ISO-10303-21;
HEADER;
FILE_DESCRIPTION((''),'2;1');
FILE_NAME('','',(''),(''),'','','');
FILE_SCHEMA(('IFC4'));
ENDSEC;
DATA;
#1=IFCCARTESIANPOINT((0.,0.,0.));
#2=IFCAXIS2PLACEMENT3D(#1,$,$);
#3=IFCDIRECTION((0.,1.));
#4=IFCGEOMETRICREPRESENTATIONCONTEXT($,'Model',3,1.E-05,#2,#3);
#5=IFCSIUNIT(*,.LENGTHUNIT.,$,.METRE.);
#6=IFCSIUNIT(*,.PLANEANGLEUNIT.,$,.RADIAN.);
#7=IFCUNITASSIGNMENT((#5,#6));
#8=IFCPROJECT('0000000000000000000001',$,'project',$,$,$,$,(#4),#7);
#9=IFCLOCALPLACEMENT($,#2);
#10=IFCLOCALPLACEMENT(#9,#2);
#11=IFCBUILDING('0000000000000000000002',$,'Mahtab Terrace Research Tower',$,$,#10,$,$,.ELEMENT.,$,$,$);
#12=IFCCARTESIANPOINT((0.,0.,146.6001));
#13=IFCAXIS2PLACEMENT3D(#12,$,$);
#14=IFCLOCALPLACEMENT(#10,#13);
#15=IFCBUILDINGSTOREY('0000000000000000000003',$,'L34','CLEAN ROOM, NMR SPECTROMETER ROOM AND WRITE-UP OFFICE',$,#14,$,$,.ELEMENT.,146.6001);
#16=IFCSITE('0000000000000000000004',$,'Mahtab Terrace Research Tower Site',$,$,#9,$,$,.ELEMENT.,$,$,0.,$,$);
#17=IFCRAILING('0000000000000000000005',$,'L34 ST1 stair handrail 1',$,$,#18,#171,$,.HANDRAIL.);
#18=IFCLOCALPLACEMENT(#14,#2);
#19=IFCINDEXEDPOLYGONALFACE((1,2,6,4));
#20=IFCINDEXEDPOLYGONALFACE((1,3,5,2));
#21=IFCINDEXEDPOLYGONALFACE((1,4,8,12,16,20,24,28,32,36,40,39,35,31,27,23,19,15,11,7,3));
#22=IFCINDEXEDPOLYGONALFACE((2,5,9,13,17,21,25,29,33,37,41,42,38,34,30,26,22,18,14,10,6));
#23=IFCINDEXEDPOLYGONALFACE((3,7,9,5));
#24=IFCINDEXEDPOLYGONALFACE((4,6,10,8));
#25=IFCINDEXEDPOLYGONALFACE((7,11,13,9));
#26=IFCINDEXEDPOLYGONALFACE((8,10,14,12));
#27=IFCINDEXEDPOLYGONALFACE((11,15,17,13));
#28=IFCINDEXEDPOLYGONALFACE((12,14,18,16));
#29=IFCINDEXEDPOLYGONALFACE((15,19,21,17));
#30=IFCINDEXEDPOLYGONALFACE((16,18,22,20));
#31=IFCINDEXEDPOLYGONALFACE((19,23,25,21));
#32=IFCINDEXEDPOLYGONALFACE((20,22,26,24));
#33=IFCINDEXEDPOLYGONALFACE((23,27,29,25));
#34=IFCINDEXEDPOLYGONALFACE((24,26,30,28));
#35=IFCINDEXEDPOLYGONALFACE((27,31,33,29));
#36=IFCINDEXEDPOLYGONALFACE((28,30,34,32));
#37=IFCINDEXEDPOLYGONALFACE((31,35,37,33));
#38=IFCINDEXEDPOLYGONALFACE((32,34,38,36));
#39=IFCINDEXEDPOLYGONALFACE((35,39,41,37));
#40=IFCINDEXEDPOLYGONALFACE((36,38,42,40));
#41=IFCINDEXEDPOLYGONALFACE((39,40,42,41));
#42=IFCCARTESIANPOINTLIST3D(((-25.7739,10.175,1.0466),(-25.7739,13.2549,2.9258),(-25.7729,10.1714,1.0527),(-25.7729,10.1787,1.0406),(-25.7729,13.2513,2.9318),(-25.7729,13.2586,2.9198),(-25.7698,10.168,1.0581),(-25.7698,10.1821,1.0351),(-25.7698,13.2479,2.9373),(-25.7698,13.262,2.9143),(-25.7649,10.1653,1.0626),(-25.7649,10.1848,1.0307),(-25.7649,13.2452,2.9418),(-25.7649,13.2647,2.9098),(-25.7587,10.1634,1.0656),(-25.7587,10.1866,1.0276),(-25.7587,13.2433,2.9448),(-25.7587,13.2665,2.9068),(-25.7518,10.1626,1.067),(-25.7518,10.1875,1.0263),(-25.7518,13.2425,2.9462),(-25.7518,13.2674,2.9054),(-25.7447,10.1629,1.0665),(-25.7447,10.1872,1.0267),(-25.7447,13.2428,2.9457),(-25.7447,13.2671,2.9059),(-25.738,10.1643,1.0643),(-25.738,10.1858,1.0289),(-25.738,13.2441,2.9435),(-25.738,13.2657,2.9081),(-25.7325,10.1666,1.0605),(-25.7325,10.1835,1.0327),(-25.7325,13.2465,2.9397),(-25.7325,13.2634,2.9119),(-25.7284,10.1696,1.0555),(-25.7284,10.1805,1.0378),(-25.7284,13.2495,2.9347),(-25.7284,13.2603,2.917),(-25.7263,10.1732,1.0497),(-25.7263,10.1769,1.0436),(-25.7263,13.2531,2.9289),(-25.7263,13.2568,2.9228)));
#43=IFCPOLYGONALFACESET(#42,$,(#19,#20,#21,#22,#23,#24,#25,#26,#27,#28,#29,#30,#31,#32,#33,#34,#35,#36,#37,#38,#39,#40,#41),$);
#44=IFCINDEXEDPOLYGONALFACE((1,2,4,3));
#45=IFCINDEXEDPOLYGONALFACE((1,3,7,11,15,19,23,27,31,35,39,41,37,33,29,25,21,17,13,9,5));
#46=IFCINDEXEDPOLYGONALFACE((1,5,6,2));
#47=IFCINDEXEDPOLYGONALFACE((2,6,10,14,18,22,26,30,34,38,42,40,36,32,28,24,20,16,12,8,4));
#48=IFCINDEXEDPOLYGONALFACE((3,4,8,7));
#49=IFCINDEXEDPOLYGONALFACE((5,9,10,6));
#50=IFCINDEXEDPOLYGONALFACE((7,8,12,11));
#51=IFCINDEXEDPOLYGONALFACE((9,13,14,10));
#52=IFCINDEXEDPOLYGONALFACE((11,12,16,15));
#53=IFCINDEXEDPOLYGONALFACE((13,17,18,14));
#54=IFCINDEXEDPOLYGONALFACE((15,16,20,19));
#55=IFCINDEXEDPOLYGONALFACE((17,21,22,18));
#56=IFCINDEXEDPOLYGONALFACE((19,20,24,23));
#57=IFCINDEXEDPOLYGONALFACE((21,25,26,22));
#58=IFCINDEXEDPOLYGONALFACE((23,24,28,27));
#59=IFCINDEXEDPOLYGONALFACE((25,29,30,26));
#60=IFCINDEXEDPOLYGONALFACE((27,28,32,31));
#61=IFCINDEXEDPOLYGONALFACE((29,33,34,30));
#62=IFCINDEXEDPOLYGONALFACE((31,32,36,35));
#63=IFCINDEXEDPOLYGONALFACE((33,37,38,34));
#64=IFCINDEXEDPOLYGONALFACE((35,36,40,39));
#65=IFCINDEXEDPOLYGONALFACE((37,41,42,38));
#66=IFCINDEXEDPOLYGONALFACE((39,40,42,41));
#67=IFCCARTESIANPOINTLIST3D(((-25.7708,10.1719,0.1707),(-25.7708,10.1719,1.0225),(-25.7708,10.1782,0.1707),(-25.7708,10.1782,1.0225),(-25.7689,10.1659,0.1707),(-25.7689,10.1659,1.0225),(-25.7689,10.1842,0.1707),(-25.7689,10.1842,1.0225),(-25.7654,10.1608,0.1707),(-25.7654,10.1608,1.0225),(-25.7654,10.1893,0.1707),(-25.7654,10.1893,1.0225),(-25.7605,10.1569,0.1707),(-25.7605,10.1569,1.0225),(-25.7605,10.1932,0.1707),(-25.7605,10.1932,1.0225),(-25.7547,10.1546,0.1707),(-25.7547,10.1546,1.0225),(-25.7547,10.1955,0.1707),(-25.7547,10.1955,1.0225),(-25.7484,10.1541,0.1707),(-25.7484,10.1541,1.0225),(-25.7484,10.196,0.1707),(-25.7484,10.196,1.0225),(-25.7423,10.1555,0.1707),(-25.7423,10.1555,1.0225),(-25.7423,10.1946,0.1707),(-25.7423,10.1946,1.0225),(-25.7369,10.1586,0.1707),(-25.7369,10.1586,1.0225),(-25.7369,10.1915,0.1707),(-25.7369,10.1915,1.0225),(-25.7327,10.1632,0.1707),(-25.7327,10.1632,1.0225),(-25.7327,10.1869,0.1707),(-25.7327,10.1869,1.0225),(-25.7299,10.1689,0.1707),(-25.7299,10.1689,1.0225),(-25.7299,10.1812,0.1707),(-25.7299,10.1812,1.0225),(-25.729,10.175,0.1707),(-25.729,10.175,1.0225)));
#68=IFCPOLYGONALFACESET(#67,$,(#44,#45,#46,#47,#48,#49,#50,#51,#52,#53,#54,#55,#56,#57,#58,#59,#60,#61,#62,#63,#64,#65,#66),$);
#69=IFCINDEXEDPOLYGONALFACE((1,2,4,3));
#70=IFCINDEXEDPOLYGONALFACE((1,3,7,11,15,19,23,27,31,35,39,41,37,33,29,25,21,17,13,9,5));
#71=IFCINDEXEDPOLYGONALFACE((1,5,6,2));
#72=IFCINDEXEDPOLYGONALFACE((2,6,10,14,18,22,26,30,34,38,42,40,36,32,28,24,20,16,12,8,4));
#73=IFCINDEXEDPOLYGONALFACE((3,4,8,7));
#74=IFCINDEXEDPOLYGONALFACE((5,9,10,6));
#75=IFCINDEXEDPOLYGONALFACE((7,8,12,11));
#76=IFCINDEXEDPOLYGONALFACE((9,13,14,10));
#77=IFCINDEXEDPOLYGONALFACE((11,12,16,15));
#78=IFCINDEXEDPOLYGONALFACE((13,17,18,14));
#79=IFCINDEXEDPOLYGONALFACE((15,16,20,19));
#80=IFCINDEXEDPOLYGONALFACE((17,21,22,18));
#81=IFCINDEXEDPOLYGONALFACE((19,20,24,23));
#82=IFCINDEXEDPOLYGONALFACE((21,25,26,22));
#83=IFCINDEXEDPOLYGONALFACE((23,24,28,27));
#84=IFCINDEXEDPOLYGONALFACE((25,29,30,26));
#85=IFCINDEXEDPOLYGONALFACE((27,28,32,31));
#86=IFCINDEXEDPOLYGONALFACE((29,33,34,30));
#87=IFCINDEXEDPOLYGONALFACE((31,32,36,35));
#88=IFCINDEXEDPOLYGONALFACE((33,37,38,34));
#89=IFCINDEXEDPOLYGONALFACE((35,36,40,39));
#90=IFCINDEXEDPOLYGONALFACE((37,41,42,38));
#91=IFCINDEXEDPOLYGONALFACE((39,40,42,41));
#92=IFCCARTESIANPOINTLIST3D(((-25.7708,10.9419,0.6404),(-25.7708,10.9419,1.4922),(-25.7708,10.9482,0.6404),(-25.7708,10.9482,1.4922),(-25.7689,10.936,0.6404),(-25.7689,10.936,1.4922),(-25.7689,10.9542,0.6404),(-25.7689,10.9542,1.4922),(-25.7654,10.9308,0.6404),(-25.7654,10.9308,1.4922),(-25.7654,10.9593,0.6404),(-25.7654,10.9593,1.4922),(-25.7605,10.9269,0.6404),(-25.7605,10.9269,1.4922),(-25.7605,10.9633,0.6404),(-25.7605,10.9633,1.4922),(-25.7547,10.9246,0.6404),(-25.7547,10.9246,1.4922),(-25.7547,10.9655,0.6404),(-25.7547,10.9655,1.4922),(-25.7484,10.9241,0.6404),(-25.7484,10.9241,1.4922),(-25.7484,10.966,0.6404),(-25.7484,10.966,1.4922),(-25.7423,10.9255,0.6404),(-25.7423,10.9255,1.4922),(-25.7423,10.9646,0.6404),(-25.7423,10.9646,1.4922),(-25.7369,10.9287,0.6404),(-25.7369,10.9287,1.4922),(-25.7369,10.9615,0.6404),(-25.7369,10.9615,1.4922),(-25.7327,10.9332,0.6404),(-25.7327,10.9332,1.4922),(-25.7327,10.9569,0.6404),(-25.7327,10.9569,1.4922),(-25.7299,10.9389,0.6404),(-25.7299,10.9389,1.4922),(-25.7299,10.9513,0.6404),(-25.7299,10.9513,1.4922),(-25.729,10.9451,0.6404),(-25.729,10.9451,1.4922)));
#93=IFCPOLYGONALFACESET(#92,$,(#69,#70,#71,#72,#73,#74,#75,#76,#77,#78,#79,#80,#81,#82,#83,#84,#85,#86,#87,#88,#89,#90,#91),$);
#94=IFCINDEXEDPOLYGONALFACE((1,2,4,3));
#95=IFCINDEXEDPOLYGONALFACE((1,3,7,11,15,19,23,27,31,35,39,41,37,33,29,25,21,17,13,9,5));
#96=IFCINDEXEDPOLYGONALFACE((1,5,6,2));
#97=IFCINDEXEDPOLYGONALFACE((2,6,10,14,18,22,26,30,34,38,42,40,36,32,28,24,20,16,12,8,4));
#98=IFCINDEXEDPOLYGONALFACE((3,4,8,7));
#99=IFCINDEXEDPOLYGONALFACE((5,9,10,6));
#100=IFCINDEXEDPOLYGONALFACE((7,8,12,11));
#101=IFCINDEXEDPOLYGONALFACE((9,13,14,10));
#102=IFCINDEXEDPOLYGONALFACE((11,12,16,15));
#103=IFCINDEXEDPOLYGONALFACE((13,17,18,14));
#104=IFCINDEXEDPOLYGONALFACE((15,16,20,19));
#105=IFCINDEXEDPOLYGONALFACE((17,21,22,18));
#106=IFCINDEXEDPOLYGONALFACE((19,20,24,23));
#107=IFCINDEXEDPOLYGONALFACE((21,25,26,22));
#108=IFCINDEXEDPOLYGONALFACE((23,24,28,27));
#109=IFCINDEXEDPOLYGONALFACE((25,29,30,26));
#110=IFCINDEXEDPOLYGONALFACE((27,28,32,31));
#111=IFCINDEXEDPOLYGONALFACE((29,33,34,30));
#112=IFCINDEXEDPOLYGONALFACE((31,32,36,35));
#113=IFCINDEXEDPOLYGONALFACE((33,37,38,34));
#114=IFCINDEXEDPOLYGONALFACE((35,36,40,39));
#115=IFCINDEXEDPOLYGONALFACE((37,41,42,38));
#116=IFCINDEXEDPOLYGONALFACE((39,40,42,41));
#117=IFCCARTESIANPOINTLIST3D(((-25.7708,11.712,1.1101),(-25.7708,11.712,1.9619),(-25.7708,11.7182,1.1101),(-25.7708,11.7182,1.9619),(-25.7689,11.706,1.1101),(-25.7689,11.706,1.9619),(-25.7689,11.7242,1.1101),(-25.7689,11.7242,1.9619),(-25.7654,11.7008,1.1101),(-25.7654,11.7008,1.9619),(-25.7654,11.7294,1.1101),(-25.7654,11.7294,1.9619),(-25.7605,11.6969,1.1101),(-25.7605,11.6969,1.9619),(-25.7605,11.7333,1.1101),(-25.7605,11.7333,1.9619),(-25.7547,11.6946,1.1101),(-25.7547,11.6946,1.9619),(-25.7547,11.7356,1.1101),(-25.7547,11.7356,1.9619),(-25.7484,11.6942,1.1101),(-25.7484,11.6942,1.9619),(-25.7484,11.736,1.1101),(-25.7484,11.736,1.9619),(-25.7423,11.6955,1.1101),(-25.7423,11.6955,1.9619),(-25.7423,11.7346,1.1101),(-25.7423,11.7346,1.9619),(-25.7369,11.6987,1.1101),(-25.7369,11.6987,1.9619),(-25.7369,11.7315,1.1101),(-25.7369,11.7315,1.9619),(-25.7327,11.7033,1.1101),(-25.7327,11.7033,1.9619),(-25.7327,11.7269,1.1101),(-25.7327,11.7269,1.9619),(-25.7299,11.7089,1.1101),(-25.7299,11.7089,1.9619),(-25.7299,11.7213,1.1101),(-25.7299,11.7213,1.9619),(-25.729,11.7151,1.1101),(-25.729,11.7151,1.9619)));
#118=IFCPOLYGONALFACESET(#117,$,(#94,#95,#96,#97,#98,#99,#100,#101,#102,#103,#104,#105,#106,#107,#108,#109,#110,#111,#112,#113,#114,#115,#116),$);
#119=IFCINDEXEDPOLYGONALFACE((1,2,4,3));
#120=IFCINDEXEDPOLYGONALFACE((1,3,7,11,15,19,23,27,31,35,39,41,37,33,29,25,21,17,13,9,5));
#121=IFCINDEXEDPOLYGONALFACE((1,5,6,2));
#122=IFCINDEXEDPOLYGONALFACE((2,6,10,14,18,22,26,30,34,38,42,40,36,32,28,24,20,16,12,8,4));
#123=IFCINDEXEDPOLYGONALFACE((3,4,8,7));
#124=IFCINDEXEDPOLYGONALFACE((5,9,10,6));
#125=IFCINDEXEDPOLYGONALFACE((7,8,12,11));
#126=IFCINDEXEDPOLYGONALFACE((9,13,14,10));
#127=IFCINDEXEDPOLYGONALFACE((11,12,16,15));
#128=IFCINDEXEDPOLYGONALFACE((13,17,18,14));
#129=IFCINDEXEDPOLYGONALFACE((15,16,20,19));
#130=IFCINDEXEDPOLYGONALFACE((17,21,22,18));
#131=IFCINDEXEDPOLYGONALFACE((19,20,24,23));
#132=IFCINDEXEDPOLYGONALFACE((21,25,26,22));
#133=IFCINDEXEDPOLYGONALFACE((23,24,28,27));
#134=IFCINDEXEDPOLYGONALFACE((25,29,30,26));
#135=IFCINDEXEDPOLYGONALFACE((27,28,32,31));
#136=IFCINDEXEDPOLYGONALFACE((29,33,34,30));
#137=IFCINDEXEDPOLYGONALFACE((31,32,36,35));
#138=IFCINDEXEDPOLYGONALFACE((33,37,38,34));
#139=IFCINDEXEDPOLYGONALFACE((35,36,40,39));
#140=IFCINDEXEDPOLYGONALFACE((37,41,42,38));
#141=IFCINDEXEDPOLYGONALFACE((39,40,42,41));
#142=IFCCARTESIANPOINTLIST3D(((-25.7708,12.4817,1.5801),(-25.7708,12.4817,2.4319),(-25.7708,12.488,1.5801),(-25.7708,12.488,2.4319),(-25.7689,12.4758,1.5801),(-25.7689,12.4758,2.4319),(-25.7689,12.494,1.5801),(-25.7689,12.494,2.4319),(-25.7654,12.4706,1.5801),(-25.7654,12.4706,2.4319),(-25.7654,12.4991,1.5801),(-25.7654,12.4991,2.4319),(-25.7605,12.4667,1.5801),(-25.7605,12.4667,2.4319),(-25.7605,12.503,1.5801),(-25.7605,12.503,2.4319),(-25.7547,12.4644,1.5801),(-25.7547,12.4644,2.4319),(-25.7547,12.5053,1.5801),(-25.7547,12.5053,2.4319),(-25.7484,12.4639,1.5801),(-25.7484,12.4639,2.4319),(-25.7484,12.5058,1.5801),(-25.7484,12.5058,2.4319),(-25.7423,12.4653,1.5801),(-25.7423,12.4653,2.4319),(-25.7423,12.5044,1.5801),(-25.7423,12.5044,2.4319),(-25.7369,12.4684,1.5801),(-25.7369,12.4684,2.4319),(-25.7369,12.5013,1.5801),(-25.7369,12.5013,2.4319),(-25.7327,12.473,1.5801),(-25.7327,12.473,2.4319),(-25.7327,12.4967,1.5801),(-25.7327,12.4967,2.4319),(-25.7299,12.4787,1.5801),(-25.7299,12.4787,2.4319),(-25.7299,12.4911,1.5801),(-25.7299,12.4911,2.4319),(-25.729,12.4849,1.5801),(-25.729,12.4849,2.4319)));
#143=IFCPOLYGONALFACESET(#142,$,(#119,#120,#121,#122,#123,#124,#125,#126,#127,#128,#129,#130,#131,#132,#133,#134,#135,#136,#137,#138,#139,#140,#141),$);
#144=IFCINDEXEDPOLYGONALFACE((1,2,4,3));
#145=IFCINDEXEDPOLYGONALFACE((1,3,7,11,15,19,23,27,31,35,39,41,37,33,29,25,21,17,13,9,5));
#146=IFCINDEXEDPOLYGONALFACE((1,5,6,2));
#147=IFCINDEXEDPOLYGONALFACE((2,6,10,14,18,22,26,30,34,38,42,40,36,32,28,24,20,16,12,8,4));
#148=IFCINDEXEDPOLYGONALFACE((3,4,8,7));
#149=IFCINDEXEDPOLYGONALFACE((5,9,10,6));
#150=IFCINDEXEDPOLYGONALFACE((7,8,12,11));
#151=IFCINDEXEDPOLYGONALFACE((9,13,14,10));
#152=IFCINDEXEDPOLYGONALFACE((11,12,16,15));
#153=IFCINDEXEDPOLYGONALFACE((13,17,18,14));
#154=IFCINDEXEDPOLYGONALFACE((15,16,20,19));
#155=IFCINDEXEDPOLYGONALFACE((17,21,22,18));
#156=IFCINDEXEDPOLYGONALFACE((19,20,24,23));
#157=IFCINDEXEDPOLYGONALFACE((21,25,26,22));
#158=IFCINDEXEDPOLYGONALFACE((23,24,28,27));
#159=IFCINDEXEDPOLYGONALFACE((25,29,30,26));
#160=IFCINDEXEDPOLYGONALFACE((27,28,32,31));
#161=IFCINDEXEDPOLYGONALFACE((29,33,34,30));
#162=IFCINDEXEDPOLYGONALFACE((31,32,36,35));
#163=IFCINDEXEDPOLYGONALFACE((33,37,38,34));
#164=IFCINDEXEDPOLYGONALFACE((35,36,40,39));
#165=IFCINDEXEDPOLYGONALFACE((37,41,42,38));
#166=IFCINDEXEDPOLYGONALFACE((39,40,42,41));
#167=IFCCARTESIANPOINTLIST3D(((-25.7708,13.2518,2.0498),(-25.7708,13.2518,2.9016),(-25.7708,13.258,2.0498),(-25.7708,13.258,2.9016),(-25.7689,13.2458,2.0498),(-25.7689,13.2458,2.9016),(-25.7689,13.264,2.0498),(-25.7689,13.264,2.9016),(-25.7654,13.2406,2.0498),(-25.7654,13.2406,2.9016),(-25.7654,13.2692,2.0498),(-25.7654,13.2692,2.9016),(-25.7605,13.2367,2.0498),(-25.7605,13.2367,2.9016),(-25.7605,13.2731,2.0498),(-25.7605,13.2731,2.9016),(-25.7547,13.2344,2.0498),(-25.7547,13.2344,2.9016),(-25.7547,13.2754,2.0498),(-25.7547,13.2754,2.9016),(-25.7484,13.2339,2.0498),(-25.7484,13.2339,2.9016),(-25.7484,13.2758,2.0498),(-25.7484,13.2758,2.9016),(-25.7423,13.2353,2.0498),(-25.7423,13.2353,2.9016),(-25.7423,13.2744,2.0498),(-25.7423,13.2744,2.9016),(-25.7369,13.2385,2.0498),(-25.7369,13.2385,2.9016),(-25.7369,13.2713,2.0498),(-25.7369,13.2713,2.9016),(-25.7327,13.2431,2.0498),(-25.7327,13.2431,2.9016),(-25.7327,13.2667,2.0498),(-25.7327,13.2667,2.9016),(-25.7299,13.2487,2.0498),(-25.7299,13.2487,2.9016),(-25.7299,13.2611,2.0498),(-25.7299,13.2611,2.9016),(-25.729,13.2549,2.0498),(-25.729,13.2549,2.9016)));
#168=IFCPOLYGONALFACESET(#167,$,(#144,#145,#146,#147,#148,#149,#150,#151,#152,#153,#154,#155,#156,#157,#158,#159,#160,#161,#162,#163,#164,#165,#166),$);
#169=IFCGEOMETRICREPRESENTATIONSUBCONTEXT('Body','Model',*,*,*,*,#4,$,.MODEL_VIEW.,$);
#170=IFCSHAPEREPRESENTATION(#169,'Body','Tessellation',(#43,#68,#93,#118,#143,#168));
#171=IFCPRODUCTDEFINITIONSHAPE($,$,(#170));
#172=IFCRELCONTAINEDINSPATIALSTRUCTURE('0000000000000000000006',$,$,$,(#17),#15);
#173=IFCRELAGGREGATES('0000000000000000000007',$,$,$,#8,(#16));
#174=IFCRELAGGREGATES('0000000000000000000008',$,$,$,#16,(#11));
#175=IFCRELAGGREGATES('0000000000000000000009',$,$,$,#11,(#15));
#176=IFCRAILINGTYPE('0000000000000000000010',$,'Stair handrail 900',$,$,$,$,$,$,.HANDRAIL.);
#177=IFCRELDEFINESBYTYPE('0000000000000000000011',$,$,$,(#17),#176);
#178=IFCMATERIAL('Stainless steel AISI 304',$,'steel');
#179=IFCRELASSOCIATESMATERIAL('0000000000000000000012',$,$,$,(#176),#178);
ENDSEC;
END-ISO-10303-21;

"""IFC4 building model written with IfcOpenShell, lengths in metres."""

from ifc_helpers import new_model, si_unit, direction, frame, origin, origin_2d, place, context, subcontext, project, spatial, circle, extrude, material, type_object, element, save


model = new_model("IFC4")

# Units and contexts
model_context = context("Model", 3, precision=1e-05, world=origin(), true_north=direction((0.0, 1.0)))
body_context = subcontext(model_context, "Body", "Model", "MODEL_VIEW")
ifc_project = project(units=[si_unit("LENGTHUNIT", "METRE"), si_unit("PLANEANGLEUNIT", "RADIAN")], contexts=[model_context])

# Site, building, storey
site_placement = place(None, origin())
site = spatial("IfcSite", under=ifc_project, at=site_placement, Name="Mahtab Terrace Research Tower Site", CompositionType="ELEMENT", RefElevation=0.0)
building_placement = place(site_placement, origin())
building = spatial("IfcBuilding", under=site, at=building_placement, Name="Mahtab Terrace Research Tower", CompositionType="ELEMENT")
storey_placement = place(building_placement, frame((0.0, 0.0, 146.6001)))
storey = spatial("IfcBuildingStorey", under=building, at=storey_placement, Name="L34", Description="CLEAN ROOM, NMR SPECTROMETER ROOM AND WRITE-UP OFFICE", CompositionType="ELEMENT", Elevation=146.6001)

# Railing
ifc_material_1 = material(Name="Stainless steel AISI 304", Category="steel")
railing_type_1 = type_object("IfcRailingType", Name="Stair handrail 900", PredefinedType="HANDRAIL", material=ifc_material_1)
railing_1_placement = place(storey_placement, frame((-25.75, 10.175, 0.1707)))
element("IfcRailing", 1, at=railing_1_placement, inside=storey, type_object=railing_type_1, Name="L34 ST1 stair handrail 1", PredefinedType="HANDRAIL", context=body_context, shape_type="SweptSolid", body=[
    extrude(circle(Radius=0.0239, at=origin_2d()), frame((0.0, 0.0, 0.876), z_axis=(0.0, 0.853648, 0.52085), x_axis=(-1.0, 0.0, 0.0)), (0.0, 0.0, 1.0), 3.6079),
    extrude(circle(Radius=0.021, at=origin_2d()), origin(), (0.0, 0.0, 1.0), 0.8518),
    extrude(circle(Radius=0.021, at=origin_2d()), frame((0.0, 0.77, 0.4697)), (0.0, 0.0, 1.0), 0.8518),
    extrude(circle(Radius=0.021, at=origin_2d()), frame((0.0, 1.54, 0.9395)), (0.0, 0.0, 1.0), 0.8518),
    extrude(circle(Radius=0.021, at=origin_2d()), frame((0.0, 2.3098, 1.4094)), (0.0, 0.0, 1.0), 0.8518),
    extrude(circle(Radius=0.021, at=origin_2d()), frame((0.0, 3.0798, 1.8792)), (0.0, 0.0, 1.0), 0.8518),
])

save(model, "model.ifc")
